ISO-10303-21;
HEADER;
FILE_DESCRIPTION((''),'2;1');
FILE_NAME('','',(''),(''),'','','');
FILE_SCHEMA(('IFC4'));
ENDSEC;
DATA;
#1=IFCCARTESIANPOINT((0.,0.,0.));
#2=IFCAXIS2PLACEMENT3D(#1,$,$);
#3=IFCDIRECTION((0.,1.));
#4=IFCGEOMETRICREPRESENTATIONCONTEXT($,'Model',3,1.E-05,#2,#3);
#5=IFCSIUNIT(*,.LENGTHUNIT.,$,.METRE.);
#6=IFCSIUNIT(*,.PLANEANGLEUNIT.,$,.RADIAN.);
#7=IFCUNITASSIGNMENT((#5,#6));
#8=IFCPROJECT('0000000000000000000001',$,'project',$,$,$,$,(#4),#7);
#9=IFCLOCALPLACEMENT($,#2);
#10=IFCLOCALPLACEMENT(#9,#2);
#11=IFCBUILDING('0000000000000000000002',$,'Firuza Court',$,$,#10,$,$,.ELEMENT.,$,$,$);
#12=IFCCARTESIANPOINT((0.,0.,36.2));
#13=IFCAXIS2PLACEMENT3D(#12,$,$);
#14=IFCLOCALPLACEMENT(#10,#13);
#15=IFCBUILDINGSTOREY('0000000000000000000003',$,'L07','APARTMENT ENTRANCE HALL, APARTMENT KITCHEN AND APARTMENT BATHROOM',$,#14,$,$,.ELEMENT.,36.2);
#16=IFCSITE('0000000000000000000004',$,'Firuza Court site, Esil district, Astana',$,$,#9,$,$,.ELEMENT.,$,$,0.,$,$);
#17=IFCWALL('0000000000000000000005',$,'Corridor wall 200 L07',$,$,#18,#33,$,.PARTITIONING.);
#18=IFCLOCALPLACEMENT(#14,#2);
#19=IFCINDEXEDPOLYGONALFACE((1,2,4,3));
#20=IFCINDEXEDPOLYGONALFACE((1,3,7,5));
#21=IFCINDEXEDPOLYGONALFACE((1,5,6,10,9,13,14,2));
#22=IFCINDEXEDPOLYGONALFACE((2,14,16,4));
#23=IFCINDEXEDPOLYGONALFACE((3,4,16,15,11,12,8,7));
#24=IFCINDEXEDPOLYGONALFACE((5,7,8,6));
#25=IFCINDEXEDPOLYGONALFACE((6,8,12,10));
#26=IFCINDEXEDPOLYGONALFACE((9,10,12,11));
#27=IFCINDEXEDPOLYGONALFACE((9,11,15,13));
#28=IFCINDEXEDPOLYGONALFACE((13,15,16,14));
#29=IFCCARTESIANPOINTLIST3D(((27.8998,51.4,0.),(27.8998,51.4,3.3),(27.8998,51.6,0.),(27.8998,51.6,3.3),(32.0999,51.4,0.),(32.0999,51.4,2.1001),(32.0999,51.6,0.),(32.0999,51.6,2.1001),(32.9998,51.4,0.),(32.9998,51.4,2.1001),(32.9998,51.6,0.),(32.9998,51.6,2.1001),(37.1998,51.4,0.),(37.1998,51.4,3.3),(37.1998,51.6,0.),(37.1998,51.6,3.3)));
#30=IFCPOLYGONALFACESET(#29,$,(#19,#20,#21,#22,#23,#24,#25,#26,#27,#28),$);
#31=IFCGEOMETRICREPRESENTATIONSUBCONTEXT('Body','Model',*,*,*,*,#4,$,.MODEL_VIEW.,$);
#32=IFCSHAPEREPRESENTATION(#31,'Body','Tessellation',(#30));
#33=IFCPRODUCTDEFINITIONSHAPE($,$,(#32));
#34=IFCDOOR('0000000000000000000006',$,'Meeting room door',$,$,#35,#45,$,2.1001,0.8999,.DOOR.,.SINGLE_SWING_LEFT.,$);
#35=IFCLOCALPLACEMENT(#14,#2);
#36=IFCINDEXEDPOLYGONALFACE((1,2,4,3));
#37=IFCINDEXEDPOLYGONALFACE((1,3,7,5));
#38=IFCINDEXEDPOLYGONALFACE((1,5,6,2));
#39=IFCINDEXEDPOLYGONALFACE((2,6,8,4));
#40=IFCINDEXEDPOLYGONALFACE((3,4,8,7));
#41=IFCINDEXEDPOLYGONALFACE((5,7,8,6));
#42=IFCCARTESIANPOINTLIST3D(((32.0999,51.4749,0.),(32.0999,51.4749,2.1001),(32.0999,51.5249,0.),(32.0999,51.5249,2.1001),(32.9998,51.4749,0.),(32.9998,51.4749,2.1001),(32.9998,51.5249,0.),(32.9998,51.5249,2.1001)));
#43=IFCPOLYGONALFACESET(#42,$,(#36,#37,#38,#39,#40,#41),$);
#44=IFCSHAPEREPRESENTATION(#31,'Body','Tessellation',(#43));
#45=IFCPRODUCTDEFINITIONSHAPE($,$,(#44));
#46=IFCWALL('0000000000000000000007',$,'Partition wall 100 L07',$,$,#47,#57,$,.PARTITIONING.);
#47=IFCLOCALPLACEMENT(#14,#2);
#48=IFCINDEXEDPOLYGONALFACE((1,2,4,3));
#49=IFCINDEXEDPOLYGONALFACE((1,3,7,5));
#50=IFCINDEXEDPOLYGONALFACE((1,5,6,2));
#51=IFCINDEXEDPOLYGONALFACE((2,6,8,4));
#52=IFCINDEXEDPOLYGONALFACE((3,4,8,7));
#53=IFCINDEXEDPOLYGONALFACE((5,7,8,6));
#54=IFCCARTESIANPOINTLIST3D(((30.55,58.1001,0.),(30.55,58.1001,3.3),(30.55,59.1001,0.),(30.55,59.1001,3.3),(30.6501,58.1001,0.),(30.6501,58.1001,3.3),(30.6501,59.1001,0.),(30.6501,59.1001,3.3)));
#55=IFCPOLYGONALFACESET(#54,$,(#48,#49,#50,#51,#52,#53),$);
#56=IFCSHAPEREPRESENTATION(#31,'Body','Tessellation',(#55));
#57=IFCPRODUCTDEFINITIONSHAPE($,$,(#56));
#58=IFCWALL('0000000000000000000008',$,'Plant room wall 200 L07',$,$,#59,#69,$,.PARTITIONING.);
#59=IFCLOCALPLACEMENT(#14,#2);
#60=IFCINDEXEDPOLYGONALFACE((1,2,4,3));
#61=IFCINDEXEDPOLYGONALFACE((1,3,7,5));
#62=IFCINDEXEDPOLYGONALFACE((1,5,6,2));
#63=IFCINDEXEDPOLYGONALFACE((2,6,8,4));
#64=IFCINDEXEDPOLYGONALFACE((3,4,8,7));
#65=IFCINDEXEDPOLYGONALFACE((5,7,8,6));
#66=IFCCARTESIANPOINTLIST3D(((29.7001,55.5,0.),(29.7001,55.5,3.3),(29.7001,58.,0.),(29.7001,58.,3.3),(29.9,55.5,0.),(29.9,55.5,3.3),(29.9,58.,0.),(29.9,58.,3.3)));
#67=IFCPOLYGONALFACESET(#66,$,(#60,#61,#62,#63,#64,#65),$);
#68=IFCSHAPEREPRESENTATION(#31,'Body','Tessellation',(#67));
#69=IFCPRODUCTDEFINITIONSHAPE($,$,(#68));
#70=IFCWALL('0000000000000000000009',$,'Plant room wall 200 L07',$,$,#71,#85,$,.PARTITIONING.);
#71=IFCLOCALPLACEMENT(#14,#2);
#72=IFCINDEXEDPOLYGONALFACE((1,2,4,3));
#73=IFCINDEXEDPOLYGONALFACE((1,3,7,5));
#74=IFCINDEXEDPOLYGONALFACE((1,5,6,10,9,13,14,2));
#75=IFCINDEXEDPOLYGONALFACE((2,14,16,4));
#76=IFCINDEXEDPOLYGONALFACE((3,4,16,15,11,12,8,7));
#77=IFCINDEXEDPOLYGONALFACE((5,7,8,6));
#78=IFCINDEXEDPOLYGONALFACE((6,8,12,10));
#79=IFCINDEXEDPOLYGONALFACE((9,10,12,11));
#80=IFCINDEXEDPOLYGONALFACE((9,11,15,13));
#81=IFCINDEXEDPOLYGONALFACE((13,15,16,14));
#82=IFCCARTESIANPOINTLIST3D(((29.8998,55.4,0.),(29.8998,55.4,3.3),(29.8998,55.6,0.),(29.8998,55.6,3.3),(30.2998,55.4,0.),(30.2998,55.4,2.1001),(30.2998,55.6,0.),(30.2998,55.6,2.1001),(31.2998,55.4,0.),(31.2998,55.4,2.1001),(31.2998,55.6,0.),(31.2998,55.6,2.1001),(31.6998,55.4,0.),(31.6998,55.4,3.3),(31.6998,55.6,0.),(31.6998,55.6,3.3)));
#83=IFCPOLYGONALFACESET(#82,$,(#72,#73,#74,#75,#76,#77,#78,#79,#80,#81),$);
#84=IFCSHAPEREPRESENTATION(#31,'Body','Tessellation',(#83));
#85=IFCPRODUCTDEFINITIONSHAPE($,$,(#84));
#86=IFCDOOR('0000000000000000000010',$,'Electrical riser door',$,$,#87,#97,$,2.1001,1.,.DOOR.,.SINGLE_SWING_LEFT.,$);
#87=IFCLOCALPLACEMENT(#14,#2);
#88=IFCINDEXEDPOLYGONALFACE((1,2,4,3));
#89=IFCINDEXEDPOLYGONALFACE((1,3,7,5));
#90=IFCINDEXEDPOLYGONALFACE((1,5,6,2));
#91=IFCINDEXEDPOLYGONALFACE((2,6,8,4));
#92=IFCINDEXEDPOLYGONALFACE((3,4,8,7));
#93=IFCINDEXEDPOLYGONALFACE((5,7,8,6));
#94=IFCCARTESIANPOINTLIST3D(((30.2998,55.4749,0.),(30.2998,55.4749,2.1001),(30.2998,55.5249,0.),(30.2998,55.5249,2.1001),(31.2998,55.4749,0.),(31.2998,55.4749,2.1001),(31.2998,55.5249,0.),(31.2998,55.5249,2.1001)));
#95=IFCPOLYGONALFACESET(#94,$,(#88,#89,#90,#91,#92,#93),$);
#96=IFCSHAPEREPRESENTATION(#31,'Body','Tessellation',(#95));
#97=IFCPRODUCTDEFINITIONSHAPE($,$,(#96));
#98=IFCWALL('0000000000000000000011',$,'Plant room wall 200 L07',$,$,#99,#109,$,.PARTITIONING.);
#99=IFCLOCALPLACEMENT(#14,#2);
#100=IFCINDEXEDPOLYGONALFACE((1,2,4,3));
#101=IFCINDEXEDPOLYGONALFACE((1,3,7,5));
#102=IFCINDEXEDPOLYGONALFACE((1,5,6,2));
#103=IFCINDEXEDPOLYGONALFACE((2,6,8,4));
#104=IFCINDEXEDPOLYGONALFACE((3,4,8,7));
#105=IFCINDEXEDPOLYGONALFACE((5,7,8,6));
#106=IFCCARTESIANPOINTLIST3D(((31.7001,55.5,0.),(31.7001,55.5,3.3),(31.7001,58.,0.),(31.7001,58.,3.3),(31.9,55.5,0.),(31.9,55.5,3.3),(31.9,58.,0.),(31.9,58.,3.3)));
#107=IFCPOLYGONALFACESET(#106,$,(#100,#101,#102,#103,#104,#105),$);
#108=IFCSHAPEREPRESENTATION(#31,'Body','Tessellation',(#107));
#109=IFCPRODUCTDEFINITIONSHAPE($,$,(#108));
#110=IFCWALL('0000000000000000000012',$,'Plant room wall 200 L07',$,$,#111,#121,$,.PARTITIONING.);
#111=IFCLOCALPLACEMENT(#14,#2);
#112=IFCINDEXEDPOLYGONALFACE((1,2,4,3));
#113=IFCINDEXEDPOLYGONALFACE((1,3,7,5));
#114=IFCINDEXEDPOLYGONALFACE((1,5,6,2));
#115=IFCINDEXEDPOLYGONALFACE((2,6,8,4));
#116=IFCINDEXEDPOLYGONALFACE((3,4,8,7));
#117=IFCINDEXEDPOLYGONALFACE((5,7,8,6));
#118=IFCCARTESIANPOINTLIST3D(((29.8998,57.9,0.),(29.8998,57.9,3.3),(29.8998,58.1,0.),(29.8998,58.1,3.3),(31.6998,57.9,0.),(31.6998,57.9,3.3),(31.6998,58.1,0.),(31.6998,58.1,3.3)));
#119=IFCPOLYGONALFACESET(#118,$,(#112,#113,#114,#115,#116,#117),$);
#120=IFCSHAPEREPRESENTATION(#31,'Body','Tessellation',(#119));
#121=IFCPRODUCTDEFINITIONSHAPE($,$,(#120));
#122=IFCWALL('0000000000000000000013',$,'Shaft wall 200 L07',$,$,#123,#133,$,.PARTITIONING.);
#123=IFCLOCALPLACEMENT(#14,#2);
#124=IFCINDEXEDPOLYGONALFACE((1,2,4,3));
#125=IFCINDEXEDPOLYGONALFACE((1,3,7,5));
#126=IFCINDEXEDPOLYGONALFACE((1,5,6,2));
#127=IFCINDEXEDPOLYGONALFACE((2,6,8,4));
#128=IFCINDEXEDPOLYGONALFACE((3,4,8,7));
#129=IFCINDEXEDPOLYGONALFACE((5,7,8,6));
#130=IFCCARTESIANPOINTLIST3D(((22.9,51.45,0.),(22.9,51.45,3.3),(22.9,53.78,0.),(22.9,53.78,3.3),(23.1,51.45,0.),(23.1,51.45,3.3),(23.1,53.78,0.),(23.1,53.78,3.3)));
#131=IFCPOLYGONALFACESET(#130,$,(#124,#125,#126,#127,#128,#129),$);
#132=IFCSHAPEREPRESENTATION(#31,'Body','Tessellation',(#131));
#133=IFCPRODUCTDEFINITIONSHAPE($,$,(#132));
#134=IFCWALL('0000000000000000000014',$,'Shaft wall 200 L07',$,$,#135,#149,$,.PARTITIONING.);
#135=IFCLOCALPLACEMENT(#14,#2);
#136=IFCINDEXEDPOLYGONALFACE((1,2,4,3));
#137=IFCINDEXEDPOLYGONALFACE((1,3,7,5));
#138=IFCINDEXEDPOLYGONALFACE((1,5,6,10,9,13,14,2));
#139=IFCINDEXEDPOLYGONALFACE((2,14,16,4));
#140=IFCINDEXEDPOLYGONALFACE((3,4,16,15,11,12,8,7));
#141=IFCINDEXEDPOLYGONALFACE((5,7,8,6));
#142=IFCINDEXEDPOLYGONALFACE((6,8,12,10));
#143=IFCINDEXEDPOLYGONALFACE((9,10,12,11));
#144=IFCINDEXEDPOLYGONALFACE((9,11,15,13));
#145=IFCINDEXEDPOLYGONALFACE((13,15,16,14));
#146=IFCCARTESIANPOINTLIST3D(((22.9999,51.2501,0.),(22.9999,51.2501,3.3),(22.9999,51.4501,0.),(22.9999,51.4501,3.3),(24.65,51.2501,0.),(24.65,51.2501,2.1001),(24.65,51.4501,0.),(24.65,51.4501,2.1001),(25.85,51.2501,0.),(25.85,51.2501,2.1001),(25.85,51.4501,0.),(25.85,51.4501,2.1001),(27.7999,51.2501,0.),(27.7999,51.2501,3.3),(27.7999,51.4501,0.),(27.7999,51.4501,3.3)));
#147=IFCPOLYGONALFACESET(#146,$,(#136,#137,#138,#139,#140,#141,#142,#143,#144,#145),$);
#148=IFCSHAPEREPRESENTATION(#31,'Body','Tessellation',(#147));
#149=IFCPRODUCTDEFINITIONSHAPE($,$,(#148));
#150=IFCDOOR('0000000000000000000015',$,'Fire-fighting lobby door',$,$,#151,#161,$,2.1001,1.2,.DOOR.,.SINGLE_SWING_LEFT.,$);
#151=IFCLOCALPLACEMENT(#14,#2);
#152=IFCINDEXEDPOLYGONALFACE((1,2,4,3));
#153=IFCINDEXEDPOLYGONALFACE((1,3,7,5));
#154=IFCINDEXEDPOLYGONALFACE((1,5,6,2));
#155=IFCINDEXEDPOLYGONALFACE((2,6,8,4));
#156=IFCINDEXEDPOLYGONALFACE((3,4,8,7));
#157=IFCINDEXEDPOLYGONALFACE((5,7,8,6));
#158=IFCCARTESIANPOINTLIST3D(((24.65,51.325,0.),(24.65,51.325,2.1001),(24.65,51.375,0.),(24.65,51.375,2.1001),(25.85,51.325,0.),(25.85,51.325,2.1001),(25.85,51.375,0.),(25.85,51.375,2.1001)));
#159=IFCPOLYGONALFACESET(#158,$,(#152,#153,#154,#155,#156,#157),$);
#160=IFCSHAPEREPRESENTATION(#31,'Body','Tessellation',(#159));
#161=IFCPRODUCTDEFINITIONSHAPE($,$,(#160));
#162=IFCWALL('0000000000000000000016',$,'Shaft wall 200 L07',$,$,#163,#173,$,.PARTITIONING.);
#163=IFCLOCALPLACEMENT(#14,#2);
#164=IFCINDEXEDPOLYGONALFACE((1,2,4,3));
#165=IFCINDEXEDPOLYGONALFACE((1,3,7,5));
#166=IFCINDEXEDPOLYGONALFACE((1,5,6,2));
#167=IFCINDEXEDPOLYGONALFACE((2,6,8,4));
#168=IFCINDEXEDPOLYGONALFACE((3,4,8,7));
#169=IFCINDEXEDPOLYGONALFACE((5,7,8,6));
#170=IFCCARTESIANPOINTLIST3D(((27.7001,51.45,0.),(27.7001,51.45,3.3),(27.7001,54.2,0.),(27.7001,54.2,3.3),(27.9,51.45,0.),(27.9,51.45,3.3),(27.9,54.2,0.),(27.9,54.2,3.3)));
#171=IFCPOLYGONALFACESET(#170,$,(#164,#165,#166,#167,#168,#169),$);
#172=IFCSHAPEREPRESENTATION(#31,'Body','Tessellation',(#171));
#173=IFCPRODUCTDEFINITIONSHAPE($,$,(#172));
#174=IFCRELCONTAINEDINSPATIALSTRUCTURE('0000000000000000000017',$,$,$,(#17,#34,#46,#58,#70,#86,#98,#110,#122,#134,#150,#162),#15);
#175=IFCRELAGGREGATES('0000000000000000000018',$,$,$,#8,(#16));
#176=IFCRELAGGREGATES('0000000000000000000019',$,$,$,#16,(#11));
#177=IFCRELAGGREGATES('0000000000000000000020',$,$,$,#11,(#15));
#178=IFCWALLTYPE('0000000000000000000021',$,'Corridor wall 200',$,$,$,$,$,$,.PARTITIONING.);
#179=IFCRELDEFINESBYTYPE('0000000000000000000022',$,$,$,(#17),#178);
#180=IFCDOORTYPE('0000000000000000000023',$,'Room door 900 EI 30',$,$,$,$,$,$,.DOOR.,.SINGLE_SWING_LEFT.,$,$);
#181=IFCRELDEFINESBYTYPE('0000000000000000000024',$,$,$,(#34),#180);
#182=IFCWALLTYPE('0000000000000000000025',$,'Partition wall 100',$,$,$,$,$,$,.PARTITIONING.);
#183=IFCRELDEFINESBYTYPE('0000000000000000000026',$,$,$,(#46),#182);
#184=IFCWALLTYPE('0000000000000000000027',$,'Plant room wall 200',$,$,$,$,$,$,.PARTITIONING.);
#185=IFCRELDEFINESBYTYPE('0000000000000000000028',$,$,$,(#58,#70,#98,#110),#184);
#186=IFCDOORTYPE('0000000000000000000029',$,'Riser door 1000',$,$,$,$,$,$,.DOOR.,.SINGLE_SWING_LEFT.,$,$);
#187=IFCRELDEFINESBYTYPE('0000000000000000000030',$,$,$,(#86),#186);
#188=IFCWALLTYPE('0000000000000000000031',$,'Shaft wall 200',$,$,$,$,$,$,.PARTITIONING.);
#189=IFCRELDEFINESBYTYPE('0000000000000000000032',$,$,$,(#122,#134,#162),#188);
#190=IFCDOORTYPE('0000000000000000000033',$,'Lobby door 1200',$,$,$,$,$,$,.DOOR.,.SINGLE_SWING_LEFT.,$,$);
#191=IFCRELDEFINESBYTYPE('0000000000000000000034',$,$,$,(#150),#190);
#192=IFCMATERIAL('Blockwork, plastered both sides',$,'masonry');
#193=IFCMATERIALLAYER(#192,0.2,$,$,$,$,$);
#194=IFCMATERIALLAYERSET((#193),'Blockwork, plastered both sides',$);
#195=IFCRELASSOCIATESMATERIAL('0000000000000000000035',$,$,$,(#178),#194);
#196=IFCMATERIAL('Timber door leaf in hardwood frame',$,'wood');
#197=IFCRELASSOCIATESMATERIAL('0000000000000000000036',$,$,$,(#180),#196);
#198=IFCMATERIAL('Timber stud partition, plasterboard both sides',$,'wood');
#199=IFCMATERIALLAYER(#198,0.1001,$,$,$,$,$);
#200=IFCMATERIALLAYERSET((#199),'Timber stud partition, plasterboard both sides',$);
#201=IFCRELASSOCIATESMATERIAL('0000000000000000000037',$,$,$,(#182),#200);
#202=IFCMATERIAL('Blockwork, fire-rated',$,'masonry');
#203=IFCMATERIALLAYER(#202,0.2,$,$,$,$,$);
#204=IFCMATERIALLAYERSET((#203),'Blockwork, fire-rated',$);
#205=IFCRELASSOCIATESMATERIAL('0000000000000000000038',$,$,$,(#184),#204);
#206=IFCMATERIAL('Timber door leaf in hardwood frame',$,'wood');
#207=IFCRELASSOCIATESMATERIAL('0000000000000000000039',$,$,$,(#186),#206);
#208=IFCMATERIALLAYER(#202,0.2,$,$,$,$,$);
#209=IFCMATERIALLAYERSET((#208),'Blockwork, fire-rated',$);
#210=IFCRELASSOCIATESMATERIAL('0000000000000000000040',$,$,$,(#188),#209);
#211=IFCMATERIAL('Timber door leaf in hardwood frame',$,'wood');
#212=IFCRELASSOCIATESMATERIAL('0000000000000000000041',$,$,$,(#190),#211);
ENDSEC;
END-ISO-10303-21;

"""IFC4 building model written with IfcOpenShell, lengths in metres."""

from ifc_helpers import new_model, si_unit, direction, frame, frame_2d, origin, place, context, subcontext, project, spatial, rectangle, extrude, material, layer, layer_set, type_object, element, fill, save


model = new_model("IFC4")

# Units and contexts
model_context = context("Model", 3, precision=1e-05, world=origin(), true_north=direction((0.0, 1.0)))
body_context = subcontext(model_context, "Body", "Model", "MODEL_VIEW")
ifc_project = project(units=[si_unit("LENGTHUNIT", "METRE"), si_unit("PLANEANGLEUNIT", "RADIAN")], contexts=[model_context])

# Site, building, storey
site_placement = place(None, origin())
site = spatial("IfcSite", under=ifc_project, at=site_placement, Name="Firuza Court site, Esil district, Astana", CompositionType="ELEMENT", RefElevation=0.0)
building_placement = place(site_placement, origin())
building = spatial("IfcBuilding", under=site, at=building_placement, Name="Firuza Court", CompositionType="ELEMENT")
storey_placement = place(building_placement, frame((0.0, 0.0, 36.2)))
storey = spatial("IfcBuildingStorey", under=building, at=storey_placement, Name="L07", Description="APARTMENT ENTRANCE HALL, APARTMENT KITCHEN AND APARTMENT BATHROOM", CompositionType="ELEMENT", Elevation=36.2)

# Wall, opening, door
ifc_material_1 = material(Name="Blockwork, plastered both sides", Category="masonry")
ifc_layer_1 = layer(ifc_material_1, 0.2)
ifc_layer_set_1 = layer_set([ifc_layer_1], Name="Blockwork, plastered both sides")
wall_type_1 = type_object("IfcWallType", Name="Corridor wall 200", PredefinedType="PARTITIONING", material=ifc_layer_set_1)
wall_1_placement = place(storey_placement, frame((27.8999, 51.5, 0.0), z_axis=(0.0, 0.0, 1.0), x_axis=(1.0, 0.0, 0.0)))
wall_1 = element("IfcWall", 1, at=wall_1_placement, inside=storey, type_object=wall_type_1, Name="Corridor wall 200 L07", PredefinedType="PARTITIONING", context=body_context, shape_type="SweptSolid", body=[
    extrude(rectangle(XDim=9.3, YDim=0.2, at=frame_2d((4.6499, 0.0))), origin(), (0.0, 0.0, 1.0), 3.3),
])
opening_1_placement = place(wall_1_placement, frame((4.2, 0.0, 0.0)))
opening_1 = element("IfcOpeningElement", 2, at=opening_1_placement, cuts=wall_1, PredefinedType="OPENING", context=body_context, shape_type="SweptSolid", body=[
    extrude(rectangle(XDim=0.8999, YDim=2.1001, at=frame_2d((0.45, 1.05))), frame((0.0, 0.1118, 0.0), z_axis=(0.0, -1.0, 0.0), x_axis=(1.0, 0.0, 0.0)), (0.0, 0.0, 1.0), 0.2239),
])
ifc_material_2 = material(Name="Timber door leaf in hardwood frame", Category="wood")
door_type_1 = type_object("IfcDoorType", Name="Room door 900 EI 30", OperationType="SINGLE_SWING_LEFT", PredefinedType="DOOR", material=ifc_material_2)
door_1_placement = place(opening_1_placement, origin())
door_1 = element("IfcDoor", 3, at=door_1_placement, inside=storey, type_object=door_type_1, Name="Meeting room door", OperationType="SINGLE_SWING_LEFT", OverallHeight=2.1001, OverallWidth=0.8999, PredefinedType="DOOR", context=body_context, shape_type="SweptSolid", body=[
    extrude(rectangle(XDim=0.8999, YDim=2.1001, at=frame_2d((0.45, 1.05))), frame((0.0, 0.0249, 0.0), z_axis=(0.0, -1.0, 0.0), x_axis=(1.0, 0.0, 0.0)), (0.0, 0.0, 1.0), 0.05),
])
fill(opening_1, door_1)

# Walls
ifc_material_3 = material(Name="Timber stud partition, plasterboard both sides", Category="wood")
ifc_layer_2 = layer(ifc_material_3, 0.1001)
ifc_layer_set_2 = layer_set([ifc_layer_2], Name="Timber stud partition, plasterboard both sides")
wall_type_2 = type_object("IfcWallType", Name="Partition wall 100", PredefinedType="PARTITIONING", material=ifc_layer_set_2)
wall_2_placement = place(storey_placement, frame((30.6001, 58.1001, 0.0), z_axis=(0.0, 0.0, 1.0), x_axis=(0.0, 1.0, 0.0)))
element("IfcWall", 4, at=wall_2_placement, inside=storey, type_object=wall_type_2, Name="Partition wall 100 L07", PredefinedType="PARTITIONING", context=body_context, shape_type="SweptSolid", body=[
    extrude(rectangle(XDim=1.0, YDim=0.1001, at=frame_2d((0.5, 0.0))), origin(), (0.0, 0.0, 1.0), 3.3),
])
ifc_material_4 = material(Name="Blockwork, fire-rated", Category="masonry")
ifc_layer_3 = layer(ifc_material_4, 0.2)
ifc_layer_set_3 = layer_set([ifc_layer_3], Name="Blockwork, fire-rated")
wall_type_3 = type_object("IfcWallType", Name="Plant room wall 200", PredefinedType="PARTITIONING", material=ifc_layer_set_3)
wall_3_placement = place(storey_placement, frame((29.8, 55.5, 0.0), z_axis=(0.0, 0.0, 1.0), x_axis=(0.0, 1.0, 0.0)))
element("IfcWall", 5, at=wall_3_placement, inside=storey, type_object=wall_type_3, Name="Plant room wall 200 L07", PredefinedType="PARTITIONING", context=body_context, shape_type="SweptSolid", body=[
    extrude(rectangle(XDim=2.5, YDim=0.2, at=frame_2d((1.25, 0.0))), origin(), (0.0, 0.0, 1.0), 3.3),
])

# Wall, opening, door
wall_4_placement = place(storey_placement, frame((29.8999, 55.5, 0.0), z_axis=(0.0, 0.0, 1.0), x_axis=(1.0, 0.0, 0.0)))
wall_4 = element("IfcWall", 6, at=wall_4_placement, inside=storey, type_object=wall_type_3, Name="Plant room wall 200 L07", PredefinedType="PARTITIONING", context=body_context, shape_type="SweptSolid", body=[
    extrude(rectangle(XDim=1.8, YDim=0.2, at=frame_2d((0.8999, 0.0))), origin(), (0.0, 0.0, 1.0), 3.3),
])
opening_2_placement = place(wall_4_placement, frame((0.3999, 0.0, 0.0)))
opening_2 = element("IfcOpeningElement", 7, at=opening_2_placement, cuts=wall_4, PredefinedType="OPENING", context=body_context, shape_type="SweptSolid", body=[
    extrude(rectangle(XDim=1.0, YDim=2.1001, at=frame_2d((0.5, 1.05))), frame((0.0, 0.1118, 0.0), z_axis=(0.0, -1.0, 0.0), x_axis=(1.0, 0.0, 0.0)), (0.0, 0.0, 1.0), 0.2239),
])
ifc_material_5 = material(Name="Timber door leaf in hardwood frame", Category="wood")
door_type_2 = type_object("IfcDoorType", Name="Riser door 1000", OperationType="SINGLE_SWING_LEFT", PredefinedType="DOOR", material=ifc_material_5)
door_2_placement = place(opening_2_placement, origin())
door_2 = element("IfcDoor", 8, at=door_2_placement, inside=storey, type_object=door_type_2, Name="Electrical riser door", OperationType="SINGLE_SWING_LEFT", OverallHeight=2.1001, OverallWidth=1.0, PredefinedType="DOOR", context=body_context, shape_type="SweptSolid", body=[
    extrude(rectangle(XDim=1.0, YDim=2.1001, at=frame_2d((0.5, 1.05))), frame((0.0, 0.0249, 0.0), z_axis=(0.0, -1.0, 0.0), x_axis=(1.0, 0.0, 0.0)), (0.0, 0.0, 1.0), 0.05),
])
fill(opening_2, door_2)

# Walls
wall_5_placement = place(storey_placement, frame((31.8, 55.5, 0.0), z_axis=(0.0, 0.0, 1.0), x_axis=(0.0, 1.0, 0.0)))
element("IfcWall", 9, at=wall_5_placement, inside=storey, type_object=wall_type_3, Name="Plant room wall 200 L07", PredefinedType="PARTITIONING", context=body_context, shape_type="SweptSolid", body=[
    extrude(rectangle(XDim=2.5, YDim=0.2, at=frame_2d((1.25, 0.0))), origin(), (0.0, 0.0, 1.0), 3.3),
])
wall_6_placement = place(storey_placement, frame((29.8999, 58.0, 0.0), z_axis=(0.0, 0.0, 1.0), x_axis=(1.0, 0.0, 0.0)))
element("IfcWall", 10, at=wall_6_placement, inside=storey, type_object=wall_type_3, Name="Plant room wall 200 L07", PredefinedType="PARTITIONING", context=body_context, shape_type="SweptSolid", body=[
    extrude(rectangle(XDim=1.8, YDim=0.2, at=frame_2d((0.8999, 0.0))), origin(), (0.0, 0.0, 1.0), 3.3),
])
ifc_layer_4 = layer(ifc_material_4, 0.2)
ifc_layer_set_4 = layer_set([ifc_layer_4], Name="Blockwork, fire-rated")
wall_type_4 = type_object("IfcWallType", Name="Shaft wall 200", PredefinedType="PARTITIONING", material=ifc_layer_set_4)
wall_7_placement = place(storey_placement, frame((23.0, 51.45, 0.0), z_axis=(0.0, 0.0, 1.0), x_axis=(0.0, 1.0, 0.0)))
element("IfcWall", 11, at=wall_7_placement, inside=storey, type_object=wall_type_4, Name="Shaft wall 200 L07", PredefinedType="PARTITIONING", context=body_context, shape_type="SweptSolid", body=[
    extrude(rectangle(XDim=2.3301, YDim=0.2, at=frame_2d((1.165, 0.0))), origin(), (0.0, 0.0, 1.0), 3.3),
])

# Wall, opening, door
wall_8_placement = place(storey_placement, frame((23.0, 51.3501, 0.0), z_axis=(0.0, 0.0, 1.0), x_axis=(1.0, 0.0, 0.0)))
wall_8 = element("IfcWall", 12, at=wall_8_placement, inside=storey, type_object=wall_type_4, Name="Shaft wall 200 L07", PredefinedType="PARTITIONING", context=body_context, shape_type="SweptSolid", body=[
    extrude(rectangle(XDim=4.8, YDim=0.2, at=frame_2d((2.3999, 0.0))), origin(), (0.0, 0.0, 1.0), 3.3),
])
opening_3_placement = place(wall_8_placement, frame((1.6499, 0.0, 0.0)))
opening_3 = element("IfcOpeningElement", 13, at=opening_3_placement, cuts=wall_8, PredefinedType="OPENING", context=body_context, shape_type="SweptSolid", body=[
    extrude(rectangle(XDim=1.2, YDim=2.1001, at=frame_2d((0.6001, 1.05))), frame((0.0, 0.1118, 0.0), z_axis=(0.0, -1.0, 0.0), x_axis=(1.0, 0.0, 0.0)), (0.0, 0.0, 1.0), 0.2239),
])
ifc_material_6 = material(Name="Timber door leaf in hardwood frame", Category="wood")
door_type_3 = type_object("IfcDoorType", Name="Lobby door 1200", OperationType="SINGLE_SWING_LEFT", PredefinedType="DOOR", material=ifc_material_6)
door_3_placement = place(opening_3_placement, origin())
door_3 = element("IfcDoor", 14, at=door_3_placement, inside=storey, type_object=door_type_3, Name="Fire-fighting lobby door", OperationType="SINGLE_SWING_LEFT", OverallHeight=2.1001, OverallWidth=1.2, PredefinedType="DOOR", context=body_context, shape_type="SweptSolid", body=[
    extrude(rectangle(XDim=1.2, YDim=2.1001, at=frame_2d((0.6001, 1.05))), frame((0.0, 0.0249, 0.0), z_axis=(0.0, -1.0, 0.0), x_axis=(1.0, 0.0, 0.0)), (0.0, 0.0, 1.0), 0.05),
])
fill(opening_3, door_3)

# Wall
wall_9_placement = place(storey_placement, frame((27.8, 51.45, 0.0), z_axis=(0.0, 0.0, 1.0), x_axis=(0.0, 1.0, 0.0)))
element("IfcWall", 15, at=wall_9_placement, inside=storey, type_object=wall_type_4, Name="Shaft wall 200 L07", PredefinedType="PARTITIONING", context=body_context, shape_type="SweptSolid", body=[
    extrude(rectangle(XDim=2.75, YDim=0.2, at=frame_2d((1.375, 0.0))), origin(), (0.0, 0.0, 1.0), 3.3),
])

save(model, "model.ifc")
